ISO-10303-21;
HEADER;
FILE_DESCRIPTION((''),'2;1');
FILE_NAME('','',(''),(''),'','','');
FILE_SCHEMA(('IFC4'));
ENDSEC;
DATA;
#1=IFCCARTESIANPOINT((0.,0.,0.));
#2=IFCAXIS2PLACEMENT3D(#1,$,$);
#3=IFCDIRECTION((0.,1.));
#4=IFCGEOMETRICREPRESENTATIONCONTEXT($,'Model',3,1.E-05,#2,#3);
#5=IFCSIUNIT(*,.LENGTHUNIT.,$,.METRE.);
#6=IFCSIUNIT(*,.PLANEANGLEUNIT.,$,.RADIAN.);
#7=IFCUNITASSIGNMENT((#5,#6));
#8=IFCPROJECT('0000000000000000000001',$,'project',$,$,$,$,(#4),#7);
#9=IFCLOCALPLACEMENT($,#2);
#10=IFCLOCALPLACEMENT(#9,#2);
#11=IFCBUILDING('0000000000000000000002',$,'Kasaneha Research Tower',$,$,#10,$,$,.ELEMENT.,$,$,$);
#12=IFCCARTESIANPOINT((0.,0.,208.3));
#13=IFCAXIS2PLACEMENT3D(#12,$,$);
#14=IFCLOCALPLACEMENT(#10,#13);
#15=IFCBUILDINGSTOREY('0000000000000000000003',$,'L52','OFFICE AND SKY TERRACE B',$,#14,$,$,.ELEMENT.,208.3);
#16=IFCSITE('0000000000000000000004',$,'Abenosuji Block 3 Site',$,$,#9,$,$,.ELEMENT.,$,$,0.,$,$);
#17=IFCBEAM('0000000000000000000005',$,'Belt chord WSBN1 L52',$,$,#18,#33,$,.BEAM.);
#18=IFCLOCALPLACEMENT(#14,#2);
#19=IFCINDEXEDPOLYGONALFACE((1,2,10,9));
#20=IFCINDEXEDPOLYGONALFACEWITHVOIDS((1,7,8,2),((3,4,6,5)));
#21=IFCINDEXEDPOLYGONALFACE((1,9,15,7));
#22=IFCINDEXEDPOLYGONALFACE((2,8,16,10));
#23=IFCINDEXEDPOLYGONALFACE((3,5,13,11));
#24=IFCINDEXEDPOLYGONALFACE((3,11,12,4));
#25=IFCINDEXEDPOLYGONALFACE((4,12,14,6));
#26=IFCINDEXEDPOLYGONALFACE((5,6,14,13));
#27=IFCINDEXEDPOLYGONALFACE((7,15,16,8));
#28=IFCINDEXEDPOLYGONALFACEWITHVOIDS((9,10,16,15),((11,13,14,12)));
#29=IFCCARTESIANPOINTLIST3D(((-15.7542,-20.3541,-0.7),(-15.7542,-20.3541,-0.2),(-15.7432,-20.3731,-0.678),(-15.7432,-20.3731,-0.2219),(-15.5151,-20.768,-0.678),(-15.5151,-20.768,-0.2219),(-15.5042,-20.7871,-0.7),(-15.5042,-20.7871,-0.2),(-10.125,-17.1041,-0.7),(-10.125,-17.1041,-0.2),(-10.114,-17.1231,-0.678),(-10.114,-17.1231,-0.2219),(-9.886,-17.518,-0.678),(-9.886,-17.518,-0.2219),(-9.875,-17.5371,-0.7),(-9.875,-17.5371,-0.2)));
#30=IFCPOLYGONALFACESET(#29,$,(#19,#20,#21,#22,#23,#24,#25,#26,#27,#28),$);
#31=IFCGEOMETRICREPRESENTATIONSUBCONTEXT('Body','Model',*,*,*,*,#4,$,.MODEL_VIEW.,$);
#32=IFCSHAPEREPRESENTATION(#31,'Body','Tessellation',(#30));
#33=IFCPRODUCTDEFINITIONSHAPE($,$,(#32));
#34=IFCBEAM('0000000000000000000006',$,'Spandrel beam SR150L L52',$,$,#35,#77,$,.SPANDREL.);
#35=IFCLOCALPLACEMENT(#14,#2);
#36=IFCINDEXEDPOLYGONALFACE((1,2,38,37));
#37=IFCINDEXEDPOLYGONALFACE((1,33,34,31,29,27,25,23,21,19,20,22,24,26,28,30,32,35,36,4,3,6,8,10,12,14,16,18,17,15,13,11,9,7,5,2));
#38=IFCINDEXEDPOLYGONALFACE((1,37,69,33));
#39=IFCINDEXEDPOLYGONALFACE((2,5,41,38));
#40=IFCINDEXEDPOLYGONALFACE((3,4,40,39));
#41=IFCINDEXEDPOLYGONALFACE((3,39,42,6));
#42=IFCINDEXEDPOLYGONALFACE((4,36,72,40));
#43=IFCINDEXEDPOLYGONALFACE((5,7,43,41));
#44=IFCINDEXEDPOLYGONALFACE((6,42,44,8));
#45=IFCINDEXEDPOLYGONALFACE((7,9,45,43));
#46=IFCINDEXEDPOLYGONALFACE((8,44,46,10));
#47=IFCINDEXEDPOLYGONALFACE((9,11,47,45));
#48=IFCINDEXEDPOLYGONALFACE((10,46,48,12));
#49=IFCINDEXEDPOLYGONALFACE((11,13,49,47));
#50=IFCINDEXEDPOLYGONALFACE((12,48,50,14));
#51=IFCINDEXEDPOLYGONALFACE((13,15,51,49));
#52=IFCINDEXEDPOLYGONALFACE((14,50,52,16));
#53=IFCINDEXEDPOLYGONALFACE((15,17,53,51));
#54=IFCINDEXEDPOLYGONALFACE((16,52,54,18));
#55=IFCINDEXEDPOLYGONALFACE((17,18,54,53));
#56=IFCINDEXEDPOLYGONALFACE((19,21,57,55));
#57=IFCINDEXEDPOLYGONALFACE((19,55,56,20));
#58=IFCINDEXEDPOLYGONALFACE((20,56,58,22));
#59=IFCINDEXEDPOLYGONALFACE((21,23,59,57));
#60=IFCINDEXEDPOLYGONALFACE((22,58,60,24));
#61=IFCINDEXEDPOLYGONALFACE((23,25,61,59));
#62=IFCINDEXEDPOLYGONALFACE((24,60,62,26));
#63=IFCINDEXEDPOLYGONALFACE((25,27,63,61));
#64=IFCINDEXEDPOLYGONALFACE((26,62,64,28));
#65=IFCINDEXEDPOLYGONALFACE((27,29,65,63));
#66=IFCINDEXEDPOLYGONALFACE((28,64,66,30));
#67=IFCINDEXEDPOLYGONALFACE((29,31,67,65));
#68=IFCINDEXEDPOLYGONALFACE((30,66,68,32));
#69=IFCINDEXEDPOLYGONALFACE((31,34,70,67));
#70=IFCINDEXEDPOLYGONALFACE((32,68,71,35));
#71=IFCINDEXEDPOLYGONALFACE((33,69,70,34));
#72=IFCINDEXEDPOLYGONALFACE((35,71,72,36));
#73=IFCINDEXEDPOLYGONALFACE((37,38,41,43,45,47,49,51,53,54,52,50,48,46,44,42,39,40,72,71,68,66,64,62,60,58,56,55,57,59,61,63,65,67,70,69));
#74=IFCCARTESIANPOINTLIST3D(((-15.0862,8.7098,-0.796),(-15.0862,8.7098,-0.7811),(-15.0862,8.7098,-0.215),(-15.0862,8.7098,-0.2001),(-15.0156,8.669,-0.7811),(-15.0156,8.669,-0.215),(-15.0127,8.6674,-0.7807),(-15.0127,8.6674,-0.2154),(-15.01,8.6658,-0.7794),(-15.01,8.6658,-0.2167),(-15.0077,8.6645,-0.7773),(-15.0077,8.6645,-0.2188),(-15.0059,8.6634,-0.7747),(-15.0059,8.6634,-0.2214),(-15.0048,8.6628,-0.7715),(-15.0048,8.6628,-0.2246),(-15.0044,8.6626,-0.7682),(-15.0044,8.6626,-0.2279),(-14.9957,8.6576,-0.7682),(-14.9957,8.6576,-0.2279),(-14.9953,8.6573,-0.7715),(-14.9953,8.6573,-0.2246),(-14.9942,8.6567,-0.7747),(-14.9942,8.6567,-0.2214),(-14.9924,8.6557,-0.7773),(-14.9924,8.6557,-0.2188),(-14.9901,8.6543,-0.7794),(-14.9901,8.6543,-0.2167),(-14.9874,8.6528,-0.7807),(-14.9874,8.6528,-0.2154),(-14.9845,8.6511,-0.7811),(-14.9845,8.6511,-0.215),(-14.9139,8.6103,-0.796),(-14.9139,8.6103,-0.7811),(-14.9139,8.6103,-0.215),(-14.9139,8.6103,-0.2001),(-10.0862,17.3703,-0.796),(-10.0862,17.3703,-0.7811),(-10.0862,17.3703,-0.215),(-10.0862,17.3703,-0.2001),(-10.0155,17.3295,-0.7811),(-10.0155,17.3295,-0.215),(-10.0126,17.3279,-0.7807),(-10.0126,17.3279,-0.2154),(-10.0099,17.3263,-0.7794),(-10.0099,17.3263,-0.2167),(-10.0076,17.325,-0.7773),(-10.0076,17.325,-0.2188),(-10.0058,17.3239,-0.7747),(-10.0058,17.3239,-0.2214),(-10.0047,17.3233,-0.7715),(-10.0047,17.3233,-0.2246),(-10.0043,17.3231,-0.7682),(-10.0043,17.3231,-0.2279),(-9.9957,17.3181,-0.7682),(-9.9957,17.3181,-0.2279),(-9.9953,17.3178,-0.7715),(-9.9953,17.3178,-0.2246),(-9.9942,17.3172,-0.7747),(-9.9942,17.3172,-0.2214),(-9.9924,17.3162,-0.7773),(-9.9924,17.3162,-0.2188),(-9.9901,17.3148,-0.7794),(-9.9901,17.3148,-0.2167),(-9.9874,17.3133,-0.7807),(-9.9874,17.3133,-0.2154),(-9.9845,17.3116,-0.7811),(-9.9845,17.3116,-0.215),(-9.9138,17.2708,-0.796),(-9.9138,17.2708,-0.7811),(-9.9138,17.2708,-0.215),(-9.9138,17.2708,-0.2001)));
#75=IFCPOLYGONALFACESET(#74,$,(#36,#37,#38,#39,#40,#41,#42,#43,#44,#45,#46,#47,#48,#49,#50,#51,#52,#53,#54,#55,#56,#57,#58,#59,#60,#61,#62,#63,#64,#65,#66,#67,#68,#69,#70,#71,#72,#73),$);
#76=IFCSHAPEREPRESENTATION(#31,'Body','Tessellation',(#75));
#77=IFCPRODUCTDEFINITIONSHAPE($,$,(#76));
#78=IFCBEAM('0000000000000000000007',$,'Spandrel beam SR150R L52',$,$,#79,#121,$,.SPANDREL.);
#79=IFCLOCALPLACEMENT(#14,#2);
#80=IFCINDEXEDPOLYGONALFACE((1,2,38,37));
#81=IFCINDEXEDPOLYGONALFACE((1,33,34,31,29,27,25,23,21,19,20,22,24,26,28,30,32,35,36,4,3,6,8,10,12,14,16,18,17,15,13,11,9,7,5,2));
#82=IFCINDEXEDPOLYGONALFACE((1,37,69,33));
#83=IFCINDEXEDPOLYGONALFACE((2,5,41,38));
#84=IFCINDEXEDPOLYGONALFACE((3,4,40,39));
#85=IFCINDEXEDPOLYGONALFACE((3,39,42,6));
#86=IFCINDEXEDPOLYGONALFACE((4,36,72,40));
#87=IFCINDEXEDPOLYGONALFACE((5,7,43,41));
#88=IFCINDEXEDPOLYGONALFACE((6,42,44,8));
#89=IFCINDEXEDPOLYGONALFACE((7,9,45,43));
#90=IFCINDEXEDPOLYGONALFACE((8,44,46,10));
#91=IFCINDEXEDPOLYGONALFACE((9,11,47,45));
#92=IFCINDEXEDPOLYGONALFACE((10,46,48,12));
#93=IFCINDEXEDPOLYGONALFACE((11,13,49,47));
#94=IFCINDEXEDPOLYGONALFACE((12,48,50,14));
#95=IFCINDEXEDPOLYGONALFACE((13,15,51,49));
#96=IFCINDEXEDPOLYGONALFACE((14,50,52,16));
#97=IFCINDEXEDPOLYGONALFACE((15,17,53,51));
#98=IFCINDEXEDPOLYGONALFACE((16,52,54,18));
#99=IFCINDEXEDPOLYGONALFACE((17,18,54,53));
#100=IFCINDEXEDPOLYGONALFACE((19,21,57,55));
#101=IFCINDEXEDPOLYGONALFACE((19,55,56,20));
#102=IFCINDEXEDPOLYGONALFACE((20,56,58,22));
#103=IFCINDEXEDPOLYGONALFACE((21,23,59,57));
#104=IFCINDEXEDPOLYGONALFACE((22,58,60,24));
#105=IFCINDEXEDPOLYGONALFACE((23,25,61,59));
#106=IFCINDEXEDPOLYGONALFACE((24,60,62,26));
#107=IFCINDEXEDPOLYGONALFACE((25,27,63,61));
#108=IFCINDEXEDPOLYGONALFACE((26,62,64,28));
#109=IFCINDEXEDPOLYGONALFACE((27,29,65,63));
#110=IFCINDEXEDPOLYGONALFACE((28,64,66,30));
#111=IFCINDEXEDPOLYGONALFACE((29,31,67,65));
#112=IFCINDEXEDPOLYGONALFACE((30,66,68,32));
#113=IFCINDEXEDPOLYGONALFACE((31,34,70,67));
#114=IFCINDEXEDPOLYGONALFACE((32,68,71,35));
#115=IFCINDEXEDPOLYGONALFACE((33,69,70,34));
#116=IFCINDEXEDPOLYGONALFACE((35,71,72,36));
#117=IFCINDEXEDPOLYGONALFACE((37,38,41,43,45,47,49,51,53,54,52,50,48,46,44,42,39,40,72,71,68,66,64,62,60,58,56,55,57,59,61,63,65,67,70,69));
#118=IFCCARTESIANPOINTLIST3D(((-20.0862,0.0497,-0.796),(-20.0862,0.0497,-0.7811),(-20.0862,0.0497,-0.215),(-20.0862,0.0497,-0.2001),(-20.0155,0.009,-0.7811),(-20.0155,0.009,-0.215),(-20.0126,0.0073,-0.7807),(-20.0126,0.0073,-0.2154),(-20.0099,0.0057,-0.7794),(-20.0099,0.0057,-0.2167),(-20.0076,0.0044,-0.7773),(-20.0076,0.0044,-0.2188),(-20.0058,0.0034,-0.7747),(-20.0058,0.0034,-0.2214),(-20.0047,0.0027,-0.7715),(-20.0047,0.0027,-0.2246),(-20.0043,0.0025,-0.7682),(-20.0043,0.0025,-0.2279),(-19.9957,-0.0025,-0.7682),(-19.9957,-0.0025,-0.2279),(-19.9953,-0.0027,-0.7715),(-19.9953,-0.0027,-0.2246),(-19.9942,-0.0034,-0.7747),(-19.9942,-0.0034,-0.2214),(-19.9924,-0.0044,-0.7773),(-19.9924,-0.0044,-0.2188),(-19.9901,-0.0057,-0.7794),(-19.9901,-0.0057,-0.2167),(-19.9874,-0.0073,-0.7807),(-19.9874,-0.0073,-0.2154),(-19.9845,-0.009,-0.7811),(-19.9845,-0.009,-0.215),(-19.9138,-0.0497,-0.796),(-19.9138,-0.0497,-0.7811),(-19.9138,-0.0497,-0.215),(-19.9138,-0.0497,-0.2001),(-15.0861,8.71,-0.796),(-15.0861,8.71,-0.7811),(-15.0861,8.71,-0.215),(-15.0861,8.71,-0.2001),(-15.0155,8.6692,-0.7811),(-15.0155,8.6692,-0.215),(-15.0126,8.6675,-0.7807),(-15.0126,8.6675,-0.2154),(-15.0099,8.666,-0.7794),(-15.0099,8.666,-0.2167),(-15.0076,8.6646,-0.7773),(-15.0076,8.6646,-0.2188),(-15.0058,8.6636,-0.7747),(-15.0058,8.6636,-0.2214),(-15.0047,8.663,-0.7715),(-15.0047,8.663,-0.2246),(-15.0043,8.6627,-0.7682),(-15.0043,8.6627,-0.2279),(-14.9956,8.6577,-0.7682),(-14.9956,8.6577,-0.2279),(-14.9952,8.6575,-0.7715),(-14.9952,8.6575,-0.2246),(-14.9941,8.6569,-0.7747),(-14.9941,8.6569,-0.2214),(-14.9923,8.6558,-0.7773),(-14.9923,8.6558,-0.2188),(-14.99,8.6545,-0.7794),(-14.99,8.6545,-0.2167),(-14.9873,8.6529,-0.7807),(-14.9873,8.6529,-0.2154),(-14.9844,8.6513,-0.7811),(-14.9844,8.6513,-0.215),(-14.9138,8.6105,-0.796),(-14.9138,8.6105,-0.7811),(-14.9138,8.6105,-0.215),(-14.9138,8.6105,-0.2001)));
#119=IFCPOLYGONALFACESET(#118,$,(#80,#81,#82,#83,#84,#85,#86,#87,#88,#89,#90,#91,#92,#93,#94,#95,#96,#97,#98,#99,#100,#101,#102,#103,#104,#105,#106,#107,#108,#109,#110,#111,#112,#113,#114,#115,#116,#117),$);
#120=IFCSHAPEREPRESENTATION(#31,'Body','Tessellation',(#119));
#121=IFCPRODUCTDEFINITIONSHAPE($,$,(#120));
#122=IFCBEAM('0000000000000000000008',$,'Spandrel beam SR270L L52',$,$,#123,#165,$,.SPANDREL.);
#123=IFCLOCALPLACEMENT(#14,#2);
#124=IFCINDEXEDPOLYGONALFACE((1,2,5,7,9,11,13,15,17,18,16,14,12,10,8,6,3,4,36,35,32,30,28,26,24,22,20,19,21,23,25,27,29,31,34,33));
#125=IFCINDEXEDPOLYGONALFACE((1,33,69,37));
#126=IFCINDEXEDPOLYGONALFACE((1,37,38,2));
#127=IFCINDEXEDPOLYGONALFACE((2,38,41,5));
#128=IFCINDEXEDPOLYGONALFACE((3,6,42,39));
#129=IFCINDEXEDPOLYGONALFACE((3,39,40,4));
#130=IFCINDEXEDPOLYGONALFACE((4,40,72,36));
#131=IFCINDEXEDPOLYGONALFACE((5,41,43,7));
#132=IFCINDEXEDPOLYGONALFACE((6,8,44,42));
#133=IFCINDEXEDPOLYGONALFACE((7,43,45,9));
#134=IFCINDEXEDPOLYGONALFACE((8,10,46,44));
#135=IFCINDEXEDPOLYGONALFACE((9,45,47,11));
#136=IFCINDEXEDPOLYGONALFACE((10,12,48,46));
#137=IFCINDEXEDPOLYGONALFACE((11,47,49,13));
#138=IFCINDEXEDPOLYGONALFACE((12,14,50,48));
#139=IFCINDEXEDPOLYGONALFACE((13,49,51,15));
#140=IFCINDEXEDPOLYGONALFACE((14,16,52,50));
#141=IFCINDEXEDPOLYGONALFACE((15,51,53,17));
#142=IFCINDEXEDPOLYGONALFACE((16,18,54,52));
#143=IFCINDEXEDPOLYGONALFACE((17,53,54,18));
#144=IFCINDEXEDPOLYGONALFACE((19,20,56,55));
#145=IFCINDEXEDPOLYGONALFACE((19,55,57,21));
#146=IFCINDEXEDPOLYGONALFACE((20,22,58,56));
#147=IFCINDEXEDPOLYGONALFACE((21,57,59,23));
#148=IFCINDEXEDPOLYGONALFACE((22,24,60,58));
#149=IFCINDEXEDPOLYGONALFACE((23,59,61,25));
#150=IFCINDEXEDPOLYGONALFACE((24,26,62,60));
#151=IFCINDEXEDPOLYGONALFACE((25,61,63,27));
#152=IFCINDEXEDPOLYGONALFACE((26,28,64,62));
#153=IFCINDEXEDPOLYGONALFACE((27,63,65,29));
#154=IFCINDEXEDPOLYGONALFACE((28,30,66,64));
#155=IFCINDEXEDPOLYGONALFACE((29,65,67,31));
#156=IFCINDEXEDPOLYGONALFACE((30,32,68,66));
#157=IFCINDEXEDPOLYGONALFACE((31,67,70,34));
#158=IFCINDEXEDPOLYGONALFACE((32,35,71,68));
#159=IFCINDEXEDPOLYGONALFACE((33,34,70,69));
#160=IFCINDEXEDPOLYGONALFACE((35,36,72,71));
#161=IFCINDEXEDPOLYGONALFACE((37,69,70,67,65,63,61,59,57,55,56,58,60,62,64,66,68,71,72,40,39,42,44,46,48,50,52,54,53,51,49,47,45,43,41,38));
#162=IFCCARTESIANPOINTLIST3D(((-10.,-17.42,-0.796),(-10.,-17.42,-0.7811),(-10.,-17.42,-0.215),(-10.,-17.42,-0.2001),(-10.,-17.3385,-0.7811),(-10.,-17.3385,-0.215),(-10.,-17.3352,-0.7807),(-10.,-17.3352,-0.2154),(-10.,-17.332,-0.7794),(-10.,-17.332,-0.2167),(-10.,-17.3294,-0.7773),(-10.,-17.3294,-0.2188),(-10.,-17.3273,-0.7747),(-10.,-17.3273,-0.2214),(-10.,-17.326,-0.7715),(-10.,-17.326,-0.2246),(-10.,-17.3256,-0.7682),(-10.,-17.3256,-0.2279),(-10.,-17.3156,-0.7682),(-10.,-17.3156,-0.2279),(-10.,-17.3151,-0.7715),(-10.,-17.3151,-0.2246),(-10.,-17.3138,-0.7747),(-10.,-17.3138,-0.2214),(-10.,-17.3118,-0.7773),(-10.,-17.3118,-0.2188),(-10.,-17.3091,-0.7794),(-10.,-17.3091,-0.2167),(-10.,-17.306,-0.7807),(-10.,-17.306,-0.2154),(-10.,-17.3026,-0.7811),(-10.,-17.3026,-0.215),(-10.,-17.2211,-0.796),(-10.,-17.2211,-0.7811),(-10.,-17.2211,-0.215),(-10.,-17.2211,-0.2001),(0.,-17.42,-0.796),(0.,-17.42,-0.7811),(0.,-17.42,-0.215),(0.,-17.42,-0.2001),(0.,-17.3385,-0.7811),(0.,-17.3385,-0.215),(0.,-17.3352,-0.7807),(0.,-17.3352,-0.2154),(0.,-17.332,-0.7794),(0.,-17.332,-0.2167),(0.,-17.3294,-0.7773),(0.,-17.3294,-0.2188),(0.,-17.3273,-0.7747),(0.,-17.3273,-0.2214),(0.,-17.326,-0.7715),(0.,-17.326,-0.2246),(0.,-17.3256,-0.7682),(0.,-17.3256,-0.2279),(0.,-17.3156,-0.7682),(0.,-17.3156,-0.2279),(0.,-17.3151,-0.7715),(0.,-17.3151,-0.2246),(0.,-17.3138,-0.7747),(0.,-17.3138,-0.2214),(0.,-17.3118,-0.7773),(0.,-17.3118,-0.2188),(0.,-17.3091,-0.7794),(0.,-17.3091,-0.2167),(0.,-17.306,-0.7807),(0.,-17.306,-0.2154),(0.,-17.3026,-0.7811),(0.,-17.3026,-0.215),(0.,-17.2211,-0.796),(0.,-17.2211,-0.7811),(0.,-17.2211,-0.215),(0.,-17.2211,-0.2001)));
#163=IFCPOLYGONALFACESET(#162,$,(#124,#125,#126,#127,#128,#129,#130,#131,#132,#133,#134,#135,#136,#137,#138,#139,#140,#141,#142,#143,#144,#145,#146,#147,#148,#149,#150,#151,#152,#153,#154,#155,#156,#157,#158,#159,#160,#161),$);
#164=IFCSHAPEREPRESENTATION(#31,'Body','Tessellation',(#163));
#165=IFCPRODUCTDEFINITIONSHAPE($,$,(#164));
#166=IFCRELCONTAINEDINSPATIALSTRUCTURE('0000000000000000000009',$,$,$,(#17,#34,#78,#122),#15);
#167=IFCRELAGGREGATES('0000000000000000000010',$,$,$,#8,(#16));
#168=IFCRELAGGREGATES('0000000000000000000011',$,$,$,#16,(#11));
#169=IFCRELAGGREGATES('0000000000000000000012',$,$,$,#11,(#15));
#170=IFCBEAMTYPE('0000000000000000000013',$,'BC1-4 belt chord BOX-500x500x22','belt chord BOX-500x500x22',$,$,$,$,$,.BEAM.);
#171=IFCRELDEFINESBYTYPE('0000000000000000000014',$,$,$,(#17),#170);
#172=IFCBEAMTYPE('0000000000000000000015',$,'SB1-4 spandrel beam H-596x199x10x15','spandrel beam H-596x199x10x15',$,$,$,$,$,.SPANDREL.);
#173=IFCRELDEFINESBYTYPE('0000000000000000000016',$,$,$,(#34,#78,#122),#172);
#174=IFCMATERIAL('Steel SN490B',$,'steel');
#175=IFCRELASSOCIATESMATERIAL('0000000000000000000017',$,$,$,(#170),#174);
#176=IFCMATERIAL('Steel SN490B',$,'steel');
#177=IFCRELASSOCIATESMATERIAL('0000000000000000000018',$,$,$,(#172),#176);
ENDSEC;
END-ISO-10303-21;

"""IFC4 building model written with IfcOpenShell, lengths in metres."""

from ifc_helpers import new_model, si_unit, direction, frame, origin, origin_2d, place, context, subcontext, project, spatial, hollow_rectangle, i_section, extrude, material, material_profile, profile_set, type_object, element, save


model = new_model("IFC4")

# Units and contexts
model_context = context("Model", 3, precision=1e-05, world=origin(), true_north=direction((0.0, 1.0)))
body_context = subcontext(model_context, "Body", "Model", "MODEL_VIEW")
ifc_project = project(units=[si_unit("LENGTHUNIT", "METRE"), si_unit("PLANEANGLEUNIT", "RADIAN")], contexts=[model_context])

# Site, building, storey
site_placement = place(None, origin())
site = spatial("IfcSite", under=ifc_project, at=site_placement, Name="Abenosuji Block 3 Site", CompositionType="ELEMENT", RefElevation=0.0)
building_placement = place(site_placement, origin())
building = spatial("IfcBuilding", under=site, at=building_placement, Name="Kasaneha Research Tower", CompositionType="ELEMENT")
storey_placement = place(building_placement, frame((0.0, 0.0, 208.3)))
storey = spatial("IfcBuildingStorey", under=building, at=storey_placement, Name="L52", Description="OFFICE AND SKY TERRACE B", CompositionType="ELEMENT", Elevation=208.3)

# Beams
ifc_material_1 = material(Name="Steel SN490B", Category="steel")
ifc_material_profile_1 = material_profile(ifc_material_1, hollow_rectangle(XDim=0.5, YDim=0.5, WallThickness=0.022, at=origin_2d()), Name="BOX-500x500x22")
ifc_profile_set_1 = profile_set([ifc_material_profile_1], Name="Steel SN490B")
beam_type_1 = type_object("IfcBeamType", Name="BC1-4 belt chord BOX-500x500x22", Description="belt chord BOX-500x500x22", PredefinedType="BEAM", material=ifc_profile_set_1)
for number, where, z_axis, x_axis, name in (
    (1, (-10.0, -17.3206, -0.45), (-0.866025, -0.500001, 0.0), (0.500001, -0.866025, 0.0), "Belt chord WSBN1 L52"),
):
    element("IfcBeam", number, at=place(storey_placement, frame(where, z_axis=z_axis, x_axis=x_axis)), inside=storey, type_object=beam_type_1, Name=name, PredefinedType="BEAM", context=body_context, shape_type="SweptSolid", body=[
        extrude(hollow_rectangle(XDim=0.5, YDim=0.5, WallThickness=0.022, at=origin_2d()), origin(), (0.0, 0.0, 1.0), 6.5),
    ])
ifc_material_2 = material(Name="Steel SN490B", Category="steel")
ifc_material_profile_2 = material_profile(ifc_material_2, i_section(OverallWidth=0.199, OverallDepth=0.5959, WebThickness=0.01, FlangeThickness=0.0149, FilletRadius=0.0129, at=origin_2d()), Name="H-596x199x10x15")
ifc_profile_set_2 = profile_set([ifc_material_profile_2], Name="Steel SN490B")
beam_type_2 = type_object("IfcBeamType", Name="SB1-4 spandrel beam H-596x199x10x15", Description="spandrel beam H-596x199x10x15", PredefinedType="SPANDREL", material=ifc_profile_set_2)
beam_1_placement = place(storey_placement, frame((-10.0, 17.3206, -0.498), z_axis=(-0.499994, -0.866029, 0.0), x_axis=(0.866029, -0.499994, 0.0)))
element("IfcBeam", 2, at=beam_1_placement, inside=storey, type_object=beam_type_2, Name="Spandrel beam SR150L L52", PredefinedType="SPANDREL", context=body_context, shape_type="SweptSolid", body=[
    extrude(i_section(OverallWidth=0.199, OverallDepth=0.5959, WebThickness=0.01, FlangeThickness=0.0149, FilletRadius=0.0129, at=origin_2d()), origin(), (0.0, 0.0, 1.0), 10.0002),
])
for number, where, z_axis, x_axis, name in (
    (3, (-20.0, 0.0, -0.498), (0.500004, 0.866023, 0.0), (-0.866023, 0.500004, 0.0), "Spandrel beam SR150R L52"),
    (4, (-10.0, -17.3206, -0.498), (1.0, 0.0, 0.0), (0.0, 1.0, 0.0), "Spandrel beam SR270L L52"),
):
    element("IfcBeam", number, at=place(storey_placement, frame(where, z_axis=z_axis, x_axis=x_axis)), inside=storey, type_object=beam_type_2, Name=name, PredefinedType="SPANDREL", context=body_context, shape_type="SweptSolid", body=[
        extrude(i_section(OverallWidth=0.199, OverallDepth=0.5959, WebThickness=0.01, FlangeThickness=0.0149, FilletRadius=0.0129, at=origin_2d()), origin(), (0.0, 0.0, 1.0), 10.0),
    ])

save(model, "model.ifc")
